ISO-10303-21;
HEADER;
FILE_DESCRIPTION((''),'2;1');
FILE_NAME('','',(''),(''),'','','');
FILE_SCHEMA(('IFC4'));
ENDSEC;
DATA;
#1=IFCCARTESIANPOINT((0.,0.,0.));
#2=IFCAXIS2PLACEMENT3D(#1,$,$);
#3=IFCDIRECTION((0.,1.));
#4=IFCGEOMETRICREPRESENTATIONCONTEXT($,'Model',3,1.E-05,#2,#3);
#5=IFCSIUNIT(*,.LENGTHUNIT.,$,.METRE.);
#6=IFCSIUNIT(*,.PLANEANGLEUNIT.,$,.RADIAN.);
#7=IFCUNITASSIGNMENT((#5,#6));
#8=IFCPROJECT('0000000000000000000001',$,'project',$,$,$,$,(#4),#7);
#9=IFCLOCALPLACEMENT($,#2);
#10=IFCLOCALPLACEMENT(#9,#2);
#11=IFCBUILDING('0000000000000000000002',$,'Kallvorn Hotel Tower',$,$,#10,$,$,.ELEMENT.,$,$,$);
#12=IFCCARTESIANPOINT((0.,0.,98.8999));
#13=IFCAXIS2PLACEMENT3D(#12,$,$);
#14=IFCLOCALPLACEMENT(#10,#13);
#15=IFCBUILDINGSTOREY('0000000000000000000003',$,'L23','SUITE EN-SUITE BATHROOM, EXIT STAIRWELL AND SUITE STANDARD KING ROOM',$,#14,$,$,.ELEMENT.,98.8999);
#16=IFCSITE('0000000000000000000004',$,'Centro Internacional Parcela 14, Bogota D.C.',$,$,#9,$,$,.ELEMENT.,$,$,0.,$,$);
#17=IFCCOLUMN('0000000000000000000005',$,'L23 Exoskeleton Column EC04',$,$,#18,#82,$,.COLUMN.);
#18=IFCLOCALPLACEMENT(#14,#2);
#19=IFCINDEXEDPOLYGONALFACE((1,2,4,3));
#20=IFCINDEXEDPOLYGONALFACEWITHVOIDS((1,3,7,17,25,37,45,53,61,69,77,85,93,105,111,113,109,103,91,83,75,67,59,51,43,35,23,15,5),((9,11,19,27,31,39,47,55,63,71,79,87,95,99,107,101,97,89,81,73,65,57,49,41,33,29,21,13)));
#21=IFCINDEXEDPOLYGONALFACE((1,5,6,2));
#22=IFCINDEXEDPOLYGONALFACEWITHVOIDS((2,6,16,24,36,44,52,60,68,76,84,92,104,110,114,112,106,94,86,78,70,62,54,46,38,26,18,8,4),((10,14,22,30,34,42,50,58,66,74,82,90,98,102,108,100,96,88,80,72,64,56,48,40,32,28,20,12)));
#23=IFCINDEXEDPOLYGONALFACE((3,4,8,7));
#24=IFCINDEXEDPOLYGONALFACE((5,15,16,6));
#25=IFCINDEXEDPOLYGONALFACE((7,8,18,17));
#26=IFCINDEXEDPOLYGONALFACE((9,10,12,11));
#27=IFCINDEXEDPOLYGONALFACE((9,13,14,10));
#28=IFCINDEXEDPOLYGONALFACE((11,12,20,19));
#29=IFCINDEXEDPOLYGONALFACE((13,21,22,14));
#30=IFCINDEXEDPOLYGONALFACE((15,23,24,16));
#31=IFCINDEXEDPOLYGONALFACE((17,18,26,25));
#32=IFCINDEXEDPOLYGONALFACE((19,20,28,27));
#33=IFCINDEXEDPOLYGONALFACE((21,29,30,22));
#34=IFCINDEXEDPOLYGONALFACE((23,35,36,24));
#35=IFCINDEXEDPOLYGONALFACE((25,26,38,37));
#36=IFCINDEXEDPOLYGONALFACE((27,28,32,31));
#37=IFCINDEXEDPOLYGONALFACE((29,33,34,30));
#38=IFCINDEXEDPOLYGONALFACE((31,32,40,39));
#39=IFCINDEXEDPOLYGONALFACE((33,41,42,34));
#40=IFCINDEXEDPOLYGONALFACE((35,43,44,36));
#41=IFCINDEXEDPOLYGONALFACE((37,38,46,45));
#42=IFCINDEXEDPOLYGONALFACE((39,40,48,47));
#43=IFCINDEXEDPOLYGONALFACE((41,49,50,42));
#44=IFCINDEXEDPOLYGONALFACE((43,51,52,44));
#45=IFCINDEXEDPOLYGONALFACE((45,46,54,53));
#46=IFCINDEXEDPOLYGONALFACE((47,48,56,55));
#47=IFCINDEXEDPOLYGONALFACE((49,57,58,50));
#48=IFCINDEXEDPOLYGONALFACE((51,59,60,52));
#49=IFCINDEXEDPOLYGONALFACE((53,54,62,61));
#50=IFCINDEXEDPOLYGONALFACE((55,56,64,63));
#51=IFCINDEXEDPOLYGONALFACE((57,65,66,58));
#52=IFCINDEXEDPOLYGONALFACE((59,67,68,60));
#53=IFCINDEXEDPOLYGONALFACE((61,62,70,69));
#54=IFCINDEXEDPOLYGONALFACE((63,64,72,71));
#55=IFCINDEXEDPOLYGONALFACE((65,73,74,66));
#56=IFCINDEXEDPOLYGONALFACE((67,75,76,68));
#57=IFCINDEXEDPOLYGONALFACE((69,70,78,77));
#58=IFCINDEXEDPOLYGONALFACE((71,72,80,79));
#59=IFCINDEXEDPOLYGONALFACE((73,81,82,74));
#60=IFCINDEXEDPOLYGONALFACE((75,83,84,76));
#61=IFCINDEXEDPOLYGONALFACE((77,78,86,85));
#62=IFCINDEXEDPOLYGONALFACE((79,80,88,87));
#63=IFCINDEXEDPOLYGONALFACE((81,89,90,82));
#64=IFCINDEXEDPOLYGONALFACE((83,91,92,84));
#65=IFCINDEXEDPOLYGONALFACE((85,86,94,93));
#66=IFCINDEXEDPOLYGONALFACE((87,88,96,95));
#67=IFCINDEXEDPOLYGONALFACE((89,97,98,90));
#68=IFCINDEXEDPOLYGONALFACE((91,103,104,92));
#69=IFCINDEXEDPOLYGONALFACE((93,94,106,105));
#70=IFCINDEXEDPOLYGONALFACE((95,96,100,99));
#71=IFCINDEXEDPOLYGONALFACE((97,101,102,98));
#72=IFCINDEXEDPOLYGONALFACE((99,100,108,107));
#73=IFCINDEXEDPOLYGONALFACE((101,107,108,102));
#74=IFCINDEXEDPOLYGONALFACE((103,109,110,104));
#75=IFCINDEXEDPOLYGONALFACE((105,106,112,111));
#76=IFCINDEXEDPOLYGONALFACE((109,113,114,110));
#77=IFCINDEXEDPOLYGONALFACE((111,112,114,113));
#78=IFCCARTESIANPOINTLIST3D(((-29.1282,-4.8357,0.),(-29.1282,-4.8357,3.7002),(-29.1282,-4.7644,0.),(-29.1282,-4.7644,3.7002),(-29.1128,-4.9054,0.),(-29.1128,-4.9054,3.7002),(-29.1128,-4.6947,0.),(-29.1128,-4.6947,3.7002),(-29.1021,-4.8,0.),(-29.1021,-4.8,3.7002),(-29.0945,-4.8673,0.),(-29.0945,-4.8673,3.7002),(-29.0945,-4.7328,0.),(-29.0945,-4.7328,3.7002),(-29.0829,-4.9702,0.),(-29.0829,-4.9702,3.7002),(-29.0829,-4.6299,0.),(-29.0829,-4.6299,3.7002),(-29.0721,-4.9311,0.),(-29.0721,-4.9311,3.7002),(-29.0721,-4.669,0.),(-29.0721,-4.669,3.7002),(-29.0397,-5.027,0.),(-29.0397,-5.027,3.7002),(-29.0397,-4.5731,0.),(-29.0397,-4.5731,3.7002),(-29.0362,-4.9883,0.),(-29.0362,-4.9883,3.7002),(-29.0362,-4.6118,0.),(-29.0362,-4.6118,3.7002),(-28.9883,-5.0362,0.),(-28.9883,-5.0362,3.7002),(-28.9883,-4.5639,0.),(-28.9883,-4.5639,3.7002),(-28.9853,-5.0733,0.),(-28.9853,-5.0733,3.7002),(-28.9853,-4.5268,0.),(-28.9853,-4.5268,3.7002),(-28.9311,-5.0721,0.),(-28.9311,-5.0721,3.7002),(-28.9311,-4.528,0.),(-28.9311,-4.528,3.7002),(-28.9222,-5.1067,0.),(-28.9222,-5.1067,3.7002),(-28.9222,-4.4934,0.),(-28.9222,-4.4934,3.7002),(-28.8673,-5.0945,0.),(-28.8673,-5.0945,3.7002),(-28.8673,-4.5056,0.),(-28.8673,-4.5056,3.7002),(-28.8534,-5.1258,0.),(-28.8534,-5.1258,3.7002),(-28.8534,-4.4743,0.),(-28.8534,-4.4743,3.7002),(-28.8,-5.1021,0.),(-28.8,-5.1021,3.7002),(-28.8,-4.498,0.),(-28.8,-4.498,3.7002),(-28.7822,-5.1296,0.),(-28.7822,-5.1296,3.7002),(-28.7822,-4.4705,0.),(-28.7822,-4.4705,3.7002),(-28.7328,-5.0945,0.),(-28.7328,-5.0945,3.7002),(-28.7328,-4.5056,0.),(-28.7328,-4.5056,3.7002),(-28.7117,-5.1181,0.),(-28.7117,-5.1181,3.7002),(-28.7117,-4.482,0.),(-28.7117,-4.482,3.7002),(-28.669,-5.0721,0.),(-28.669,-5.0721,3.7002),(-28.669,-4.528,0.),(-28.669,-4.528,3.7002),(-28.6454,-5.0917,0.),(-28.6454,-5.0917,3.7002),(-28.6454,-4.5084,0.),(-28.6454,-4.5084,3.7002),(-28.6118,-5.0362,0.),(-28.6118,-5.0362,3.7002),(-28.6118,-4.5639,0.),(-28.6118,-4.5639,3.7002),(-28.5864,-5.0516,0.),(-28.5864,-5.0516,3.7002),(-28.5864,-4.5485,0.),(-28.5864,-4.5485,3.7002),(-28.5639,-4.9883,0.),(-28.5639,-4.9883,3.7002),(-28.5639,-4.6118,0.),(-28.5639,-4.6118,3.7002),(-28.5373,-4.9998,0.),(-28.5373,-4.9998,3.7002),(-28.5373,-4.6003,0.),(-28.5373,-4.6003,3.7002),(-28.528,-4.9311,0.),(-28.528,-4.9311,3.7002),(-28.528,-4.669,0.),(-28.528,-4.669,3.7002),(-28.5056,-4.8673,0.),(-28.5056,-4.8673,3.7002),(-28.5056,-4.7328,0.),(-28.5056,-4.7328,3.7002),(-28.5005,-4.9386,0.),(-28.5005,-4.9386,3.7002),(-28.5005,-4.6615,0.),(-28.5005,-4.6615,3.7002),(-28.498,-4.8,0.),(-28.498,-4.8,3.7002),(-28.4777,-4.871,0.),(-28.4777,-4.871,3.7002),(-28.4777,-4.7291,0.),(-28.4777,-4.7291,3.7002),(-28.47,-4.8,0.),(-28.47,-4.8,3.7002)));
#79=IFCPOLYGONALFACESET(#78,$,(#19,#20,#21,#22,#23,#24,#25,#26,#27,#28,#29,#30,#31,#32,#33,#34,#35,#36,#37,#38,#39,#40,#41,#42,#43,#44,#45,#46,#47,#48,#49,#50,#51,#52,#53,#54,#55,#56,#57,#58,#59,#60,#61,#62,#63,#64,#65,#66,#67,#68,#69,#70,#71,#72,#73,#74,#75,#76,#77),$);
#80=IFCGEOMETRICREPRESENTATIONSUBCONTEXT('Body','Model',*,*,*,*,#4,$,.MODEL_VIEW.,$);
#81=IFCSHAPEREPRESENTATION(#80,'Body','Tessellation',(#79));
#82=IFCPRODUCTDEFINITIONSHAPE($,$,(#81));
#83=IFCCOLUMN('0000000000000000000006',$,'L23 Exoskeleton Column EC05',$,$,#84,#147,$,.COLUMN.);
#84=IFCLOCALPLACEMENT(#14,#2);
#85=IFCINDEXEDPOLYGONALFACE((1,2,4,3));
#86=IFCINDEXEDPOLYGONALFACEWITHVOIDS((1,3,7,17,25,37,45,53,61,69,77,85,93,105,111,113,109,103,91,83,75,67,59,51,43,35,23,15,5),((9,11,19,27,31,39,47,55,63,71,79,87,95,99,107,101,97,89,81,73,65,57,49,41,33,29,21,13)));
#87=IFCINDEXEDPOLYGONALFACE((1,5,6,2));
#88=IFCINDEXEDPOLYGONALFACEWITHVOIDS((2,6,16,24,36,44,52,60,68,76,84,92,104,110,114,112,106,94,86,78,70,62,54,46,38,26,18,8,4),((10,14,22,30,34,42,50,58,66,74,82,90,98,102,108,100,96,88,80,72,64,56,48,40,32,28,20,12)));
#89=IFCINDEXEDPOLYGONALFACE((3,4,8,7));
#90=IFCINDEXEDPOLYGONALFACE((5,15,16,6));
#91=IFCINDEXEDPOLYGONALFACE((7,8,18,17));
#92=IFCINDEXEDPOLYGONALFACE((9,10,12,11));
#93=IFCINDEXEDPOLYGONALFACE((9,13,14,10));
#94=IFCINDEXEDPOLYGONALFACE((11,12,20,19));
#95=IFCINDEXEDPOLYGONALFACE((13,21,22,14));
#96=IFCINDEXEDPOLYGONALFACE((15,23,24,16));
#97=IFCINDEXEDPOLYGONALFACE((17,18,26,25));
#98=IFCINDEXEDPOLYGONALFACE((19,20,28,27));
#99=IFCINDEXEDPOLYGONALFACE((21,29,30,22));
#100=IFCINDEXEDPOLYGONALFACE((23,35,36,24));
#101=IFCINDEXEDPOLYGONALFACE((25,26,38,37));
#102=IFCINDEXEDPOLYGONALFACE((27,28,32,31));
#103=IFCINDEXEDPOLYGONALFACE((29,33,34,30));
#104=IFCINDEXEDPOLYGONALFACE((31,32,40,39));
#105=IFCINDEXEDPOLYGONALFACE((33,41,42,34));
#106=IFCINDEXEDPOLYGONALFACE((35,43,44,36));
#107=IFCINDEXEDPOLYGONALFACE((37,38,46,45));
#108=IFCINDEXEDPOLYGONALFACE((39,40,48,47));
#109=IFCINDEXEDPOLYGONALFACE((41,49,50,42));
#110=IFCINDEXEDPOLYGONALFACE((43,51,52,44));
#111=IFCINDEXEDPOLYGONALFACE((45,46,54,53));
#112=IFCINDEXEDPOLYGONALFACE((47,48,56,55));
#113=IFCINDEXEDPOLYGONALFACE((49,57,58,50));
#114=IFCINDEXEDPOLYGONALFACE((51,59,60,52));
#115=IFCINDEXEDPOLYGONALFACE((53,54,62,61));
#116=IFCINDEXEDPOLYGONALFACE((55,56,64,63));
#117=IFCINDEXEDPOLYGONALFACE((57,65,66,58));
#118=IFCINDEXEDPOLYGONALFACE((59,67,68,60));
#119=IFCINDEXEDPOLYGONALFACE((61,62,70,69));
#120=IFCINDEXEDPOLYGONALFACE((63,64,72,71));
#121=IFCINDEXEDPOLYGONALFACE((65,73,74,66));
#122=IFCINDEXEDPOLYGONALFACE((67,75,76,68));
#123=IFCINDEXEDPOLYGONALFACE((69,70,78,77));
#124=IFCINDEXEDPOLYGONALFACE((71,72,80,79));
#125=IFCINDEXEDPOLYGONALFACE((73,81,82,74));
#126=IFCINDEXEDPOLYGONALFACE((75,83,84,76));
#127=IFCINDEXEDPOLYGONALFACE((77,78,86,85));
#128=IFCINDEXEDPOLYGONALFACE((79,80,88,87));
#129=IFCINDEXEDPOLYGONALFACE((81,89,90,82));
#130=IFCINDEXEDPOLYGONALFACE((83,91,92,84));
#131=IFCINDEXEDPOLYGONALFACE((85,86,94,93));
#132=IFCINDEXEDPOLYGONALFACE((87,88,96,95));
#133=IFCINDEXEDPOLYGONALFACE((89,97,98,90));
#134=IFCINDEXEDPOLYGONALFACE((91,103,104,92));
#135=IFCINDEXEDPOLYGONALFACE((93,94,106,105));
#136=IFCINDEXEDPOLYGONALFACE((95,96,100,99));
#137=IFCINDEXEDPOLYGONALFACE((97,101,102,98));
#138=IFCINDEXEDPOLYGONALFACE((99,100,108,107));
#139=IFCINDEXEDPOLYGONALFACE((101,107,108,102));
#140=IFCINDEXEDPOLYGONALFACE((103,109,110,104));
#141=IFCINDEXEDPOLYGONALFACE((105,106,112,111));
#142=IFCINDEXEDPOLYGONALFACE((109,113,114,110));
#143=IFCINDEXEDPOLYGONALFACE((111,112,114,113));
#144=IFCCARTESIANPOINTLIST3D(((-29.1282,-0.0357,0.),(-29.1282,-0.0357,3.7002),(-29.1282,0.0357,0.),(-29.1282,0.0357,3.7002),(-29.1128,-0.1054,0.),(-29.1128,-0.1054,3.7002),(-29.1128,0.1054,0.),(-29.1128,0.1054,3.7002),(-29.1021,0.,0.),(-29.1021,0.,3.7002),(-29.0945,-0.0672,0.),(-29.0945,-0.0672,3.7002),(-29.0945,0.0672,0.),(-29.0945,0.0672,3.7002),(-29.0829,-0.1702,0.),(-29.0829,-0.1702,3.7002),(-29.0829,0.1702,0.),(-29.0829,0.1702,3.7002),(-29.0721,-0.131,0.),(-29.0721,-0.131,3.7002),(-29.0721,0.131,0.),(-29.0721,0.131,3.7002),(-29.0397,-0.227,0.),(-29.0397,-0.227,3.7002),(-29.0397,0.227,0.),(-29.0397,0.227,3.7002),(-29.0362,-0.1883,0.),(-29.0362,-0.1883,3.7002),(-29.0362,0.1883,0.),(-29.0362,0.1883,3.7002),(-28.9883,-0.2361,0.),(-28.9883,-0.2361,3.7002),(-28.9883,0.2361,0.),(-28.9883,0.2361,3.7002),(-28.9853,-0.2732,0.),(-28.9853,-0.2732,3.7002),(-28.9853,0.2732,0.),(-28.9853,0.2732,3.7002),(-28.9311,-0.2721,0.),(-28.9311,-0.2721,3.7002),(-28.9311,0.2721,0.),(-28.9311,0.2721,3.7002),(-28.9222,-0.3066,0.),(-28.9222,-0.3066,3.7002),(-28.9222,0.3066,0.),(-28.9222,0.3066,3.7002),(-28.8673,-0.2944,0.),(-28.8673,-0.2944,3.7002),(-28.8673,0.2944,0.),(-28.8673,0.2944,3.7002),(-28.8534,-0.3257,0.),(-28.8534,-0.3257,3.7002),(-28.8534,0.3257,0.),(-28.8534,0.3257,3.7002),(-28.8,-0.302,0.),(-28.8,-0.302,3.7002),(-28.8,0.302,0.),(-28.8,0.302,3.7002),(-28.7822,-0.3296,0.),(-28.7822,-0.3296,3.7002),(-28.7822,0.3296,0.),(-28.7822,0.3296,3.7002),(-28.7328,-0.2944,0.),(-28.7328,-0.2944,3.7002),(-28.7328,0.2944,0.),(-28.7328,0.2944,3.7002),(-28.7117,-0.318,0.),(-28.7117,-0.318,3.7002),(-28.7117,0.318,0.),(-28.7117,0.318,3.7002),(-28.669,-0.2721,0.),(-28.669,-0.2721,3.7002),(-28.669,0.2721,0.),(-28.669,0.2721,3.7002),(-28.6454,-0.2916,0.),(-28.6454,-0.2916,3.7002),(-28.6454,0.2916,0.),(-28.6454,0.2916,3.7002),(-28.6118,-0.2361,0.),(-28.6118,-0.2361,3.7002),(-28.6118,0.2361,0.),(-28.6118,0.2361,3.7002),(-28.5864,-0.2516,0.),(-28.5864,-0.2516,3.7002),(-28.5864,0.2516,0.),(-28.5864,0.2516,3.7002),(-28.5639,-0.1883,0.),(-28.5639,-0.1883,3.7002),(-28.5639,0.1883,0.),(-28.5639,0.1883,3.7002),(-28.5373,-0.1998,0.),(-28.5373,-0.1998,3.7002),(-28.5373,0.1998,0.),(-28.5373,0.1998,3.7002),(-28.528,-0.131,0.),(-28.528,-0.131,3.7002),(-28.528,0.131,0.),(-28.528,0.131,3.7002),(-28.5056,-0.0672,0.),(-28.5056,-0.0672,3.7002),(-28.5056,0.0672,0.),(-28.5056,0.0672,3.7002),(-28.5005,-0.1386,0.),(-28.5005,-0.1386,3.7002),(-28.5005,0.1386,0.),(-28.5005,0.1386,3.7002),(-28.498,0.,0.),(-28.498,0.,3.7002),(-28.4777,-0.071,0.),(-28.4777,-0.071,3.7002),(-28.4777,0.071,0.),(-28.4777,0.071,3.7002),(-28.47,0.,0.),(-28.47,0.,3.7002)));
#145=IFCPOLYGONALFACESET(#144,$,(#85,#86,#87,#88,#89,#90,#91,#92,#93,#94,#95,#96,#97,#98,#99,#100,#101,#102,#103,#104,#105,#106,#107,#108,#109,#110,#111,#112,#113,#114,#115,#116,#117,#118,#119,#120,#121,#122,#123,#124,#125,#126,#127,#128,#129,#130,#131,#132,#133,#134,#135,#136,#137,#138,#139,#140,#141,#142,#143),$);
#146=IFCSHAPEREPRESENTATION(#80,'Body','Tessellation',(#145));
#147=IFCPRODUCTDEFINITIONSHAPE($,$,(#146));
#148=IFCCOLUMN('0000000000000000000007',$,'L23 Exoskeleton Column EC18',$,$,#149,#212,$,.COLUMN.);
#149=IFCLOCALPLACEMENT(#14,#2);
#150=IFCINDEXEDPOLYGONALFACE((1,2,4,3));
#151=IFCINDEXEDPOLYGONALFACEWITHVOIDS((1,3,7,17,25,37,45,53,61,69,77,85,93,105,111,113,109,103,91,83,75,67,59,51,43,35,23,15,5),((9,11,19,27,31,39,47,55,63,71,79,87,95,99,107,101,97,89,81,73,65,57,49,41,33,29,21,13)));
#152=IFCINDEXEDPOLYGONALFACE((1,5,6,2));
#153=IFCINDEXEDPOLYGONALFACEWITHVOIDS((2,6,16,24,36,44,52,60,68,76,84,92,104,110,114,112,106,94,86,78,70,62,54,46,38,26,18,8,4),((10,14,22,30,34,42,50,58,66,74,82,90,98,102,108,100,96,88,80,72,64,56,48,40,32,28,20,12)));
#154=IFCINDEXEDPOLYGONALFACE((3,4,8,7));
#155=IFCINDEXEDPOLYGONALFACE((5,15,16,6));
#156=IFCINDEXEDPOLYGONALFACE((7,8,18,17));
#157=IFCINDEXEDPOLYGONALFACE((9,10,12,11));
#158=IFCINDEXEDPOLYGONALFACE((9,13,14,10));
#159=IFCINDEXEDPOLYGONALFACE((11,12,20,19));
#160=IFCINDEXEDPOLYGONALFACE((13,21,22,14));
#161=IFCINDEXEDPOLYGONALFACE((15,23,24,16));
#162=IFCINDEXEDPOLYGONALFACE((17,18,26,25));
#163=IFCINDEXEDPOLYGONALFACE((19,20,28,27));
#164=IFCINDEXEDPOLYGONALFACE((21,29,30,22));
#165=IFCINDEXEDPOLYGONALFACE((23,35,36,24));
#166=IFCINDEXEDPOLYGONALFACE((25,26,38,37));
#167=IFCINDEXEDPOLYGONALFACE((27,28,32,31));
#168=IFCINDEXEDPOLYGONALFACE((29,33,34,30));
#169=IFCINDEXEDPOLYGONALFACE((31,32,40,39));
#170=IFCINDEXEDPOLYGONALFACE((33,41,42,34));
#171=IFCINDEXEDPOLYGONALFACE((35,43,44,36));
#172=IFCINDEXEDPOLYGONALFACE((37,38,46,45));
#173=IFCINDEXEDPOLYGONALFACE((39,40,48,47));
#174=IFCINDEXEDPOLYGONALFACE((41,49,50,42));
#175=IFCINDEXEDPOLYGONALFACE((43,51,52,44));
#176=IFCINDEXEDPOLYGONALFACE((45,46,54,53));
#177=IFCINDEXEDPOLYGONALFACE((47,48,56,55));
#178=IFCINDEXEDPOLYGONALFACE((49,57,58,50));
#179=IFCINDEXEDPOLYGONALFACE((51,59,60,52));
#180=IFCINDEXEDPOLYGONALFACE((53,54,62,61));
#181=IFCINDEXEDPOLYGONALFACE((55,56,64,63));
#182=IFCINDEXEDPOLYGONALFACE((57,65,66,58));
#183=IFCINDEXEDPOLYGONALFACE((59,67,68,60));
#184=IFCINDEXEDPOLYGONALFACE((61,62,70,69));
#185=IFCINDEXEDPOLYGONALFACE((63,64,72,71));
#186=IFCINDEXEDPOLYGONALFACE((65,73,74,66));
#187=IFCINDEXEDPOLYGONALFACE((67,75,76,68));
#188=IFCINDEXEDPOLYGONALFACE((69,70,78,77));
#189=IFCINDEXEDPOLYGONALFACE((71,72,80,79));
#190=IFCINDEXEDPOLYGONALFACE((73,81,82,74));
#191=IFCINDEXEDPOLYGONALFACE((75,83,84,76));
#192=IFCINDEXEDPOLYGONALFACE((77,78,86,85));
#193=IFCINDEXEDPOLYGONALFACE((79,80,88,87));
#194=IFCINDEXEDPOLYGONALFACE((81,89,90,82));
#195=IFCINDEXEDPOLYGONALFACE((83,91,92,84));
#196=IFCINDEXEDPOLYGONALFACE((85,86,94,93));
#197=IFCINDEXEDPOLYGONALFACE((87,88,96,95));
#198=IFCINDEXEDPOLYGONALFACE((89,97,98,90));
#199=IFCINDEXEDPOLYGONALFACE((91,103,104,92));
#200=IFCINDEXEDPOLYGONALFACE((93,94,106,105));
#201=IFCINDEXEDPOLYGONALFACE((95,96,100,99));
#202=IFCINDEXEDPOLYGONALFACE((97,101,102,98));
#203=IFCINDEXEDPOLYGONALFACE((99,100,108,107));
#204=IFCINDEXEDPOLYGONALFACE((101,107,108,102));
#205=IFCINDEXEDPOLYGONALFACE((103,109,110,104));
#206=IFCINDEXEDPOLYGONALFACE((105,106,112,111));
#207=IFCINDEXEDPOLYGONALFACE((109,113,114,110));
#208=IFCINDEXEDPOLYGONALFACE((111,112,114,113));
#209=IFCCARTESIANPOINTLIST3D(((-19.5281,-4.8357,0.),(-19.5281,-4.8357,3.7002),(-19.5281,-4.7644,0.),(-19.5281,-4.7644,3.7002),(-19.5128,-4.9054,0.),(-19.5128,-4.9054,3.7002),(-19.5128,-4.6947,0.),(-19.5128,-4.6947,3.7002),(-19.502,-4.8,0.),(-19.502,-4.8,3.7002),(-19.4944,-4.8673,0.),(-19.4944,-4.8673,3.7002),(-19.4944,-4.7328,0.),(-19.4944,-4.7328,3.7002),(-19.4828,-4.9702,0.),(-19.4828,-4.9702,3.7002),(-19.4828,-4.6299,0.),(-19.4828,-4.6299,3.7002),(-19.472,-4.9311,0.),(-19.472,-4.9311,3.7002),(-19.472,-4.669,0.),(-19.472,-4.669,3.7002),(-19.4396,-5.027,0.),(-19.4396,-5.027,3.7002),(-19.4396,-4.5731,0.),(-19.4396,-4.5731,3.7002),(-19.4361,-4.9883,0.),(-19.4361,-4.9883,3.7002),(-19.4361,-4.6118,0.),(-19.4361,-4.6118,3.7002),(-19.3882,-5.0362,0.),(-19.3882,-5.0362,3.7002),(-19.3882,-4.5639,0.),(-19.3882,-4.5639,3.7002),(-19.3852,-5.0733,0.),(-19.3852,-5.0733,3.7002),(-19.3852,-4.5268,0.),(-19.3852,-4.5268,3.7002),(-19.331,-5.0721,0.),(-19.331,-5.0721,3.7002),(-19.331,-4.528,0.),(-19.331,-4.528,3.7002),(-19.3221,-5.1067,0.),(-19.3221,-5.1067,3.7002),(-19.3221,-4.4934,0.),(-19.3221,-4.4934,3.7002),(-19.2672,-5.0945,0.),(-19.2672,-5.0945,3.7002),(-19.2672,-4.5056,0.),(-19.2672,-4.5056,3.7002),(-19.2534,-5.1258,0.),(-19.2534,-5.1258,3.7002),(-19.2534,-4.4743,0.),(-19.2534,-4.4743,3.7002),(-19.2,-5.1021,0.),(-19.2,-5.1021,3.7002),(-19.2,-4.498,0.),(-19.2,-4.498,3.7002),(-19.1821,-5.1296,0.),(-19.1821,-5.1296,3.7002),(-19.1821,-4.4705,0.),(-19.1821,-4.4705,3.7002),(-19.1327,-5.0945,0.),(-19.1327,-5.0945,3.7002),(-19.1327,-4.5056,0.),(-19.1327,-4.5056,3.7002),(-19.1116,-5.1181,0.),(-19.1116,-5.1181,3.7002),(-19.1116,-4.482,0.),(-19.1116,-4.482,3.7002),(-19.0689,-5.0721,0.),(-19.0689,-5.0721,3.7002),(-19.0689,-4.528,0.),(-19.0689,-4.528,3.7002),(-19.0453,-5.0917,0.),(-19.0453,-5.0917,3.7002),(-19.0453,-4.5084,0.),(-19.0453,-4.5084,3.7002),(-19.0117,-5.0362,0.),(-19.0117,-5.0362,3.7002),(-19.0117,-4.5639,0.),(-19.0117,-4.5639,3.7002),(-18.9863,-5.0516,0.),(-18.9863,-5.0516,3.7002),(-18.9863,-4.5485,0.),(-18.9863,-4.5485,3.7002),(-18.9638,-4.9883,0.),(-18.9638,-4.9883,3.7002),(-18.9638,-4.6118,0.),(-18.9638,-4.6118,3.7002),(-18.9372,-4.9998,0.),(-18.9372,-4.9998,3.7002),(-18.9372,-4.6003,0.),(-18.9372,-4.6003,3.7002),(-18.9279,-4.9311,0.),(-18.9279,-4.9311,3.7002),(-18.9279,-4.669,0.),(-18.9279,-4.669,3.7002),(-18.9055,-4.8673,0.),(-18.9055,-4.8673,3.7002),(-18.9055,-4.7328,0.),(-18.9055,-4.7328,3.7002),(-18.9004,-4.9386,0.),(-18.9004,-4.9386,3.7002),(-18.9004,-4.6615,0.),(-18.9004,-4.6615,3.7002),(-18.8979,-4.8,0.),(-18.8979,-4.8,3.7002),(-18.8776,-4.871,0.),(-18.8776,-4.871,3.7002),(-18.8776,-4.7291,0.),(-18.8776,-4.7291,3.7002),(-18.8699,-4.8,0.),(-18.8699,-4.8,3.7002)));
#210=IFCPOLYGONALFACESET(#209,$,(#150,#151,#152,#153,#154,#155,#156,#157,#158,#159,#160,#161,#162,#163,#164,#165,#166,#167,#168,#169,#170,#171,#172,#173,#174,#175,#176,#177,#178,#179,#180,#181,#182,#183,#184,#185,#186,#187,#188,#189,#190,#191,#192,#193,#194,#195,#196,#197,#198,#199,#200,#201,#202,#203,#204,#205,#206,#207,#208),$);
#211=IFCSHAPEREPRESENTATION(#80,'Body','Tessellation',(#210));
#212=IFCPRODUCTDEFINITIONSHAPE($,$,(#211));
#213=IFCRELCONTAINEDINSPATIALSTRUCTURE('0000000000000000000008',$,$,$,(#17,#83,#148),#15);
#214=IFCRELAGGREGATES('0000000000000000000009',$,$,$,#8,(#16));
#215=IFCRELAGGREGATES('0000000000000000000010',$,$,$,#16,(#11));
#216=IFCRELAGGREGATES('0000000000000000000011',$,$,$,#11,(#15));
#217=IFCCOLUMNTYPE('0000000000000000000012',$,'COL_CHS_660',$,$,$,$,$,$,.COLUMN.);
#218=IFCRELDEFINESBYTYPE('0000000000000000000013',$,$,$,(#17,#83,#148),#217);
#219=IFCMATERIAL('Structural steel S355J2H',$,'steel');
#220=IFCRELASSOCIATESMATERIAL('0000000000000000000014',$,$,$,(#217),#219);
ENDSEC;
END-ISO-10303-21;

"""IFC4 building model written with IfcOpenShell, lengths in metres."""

from ifc_helpers import new_model, si_unit, direction, frame, origin, origin_2d, place, context, subcontext, project, spatial, hollow_circle, extrude, material, material_profile, profile_set, type_object, element, save


model = new_model("IFC4")

# Units and contexts
model_context = context("Model", 3, precision=1e-05, world=origin(), true_north=direction((0.0, 1.0)))
body_context = subcontext(model_context, "Body", "Model", "MODEL_VIEW")
ifc_project = project(units=[si_unit("LENGTHUNIT", "METRE"), si_unit("PLANEANGLEUNIT", "RADIAN")], contexts=[model_context])

# Site, building, storey
site_placement = place(None, origin())
site = spatial("IfcSite", under=ifc_project, at=site_placement, Name="Centro Internacional Parcela 14, Bogota D.C.", CompositionType="ELEMENT", RefElevation=0.0)
building_placement = place(site_placement, origin())
building = spatial("IfcBuilding", under=site, at=building_placement, Name="Kallvorn Hotel Tower", CompositionType="ELEMENT")
storey_placement = place(building_placement, frame((0.0, 0.0, 98.8999)))
storey = spatial("IfcBuildingStorey", under=building, at=storey_placement, Name="L23", Description="SUITE EN-SUITE BATHROOM, EXIT STAIRWELL AND SUITE STANDARD KING ROOM", CompositionType="ELEMENT", Elevation=98.8999)

# Columns
ifc_material_1 = material(Name="Structural steel S355J2H", Category="steel")
ifc_material_profile_1 = material_profile(ifc_material_1, hollow_circle(Radius=0.3301, WallThickness=0.0281, at=origin_2d()), Name="CHS 660x28")
ifc_profile_set_1 = profile_set([ifc_material_profile_1], Name="Structural steel S355J2H")
column_type = type_object("IfcColumnType", Name="COL_CHS_660", PredefinedType="COLUMN", material=ifc_profile_set_1)
for number, where, z_axis, x_axis, name in (
    (1, (-28.8, -4.8, 0.0), (0.0, 0.0, 1.0), (1.0, 0.0, 0.0), "L23 Exoskeleton Column EC04"),
    (2, (-28.8, 0.0, 0.0), (0.0, 0.0, 1.0), (1.0, 0.0, 0.0), "L23 Exoskeleton Column EC05"),
    (3, (-19.2, -4.8, 0.0), (0.0, 0.0, 1.0), (1.0, 0.0, 0.0), "L23 Exoskeleton Column EC18"),
):
    element("IfcColumn", number, at=place(storey_placement, frame(where, z_axis=z_axis, x_axis=x_axis)), inside=storey, type_object=column_type, Name=name, PredefinedType="COLUMN", context=body_context, shape_type="SweptSolid", body=[
        extrude(hollow_circle(Radius=0.3301, WallThickness=0.0281, at=origin_2d()), origin(), (0.0, 0.0, 1.0), 3.7002),
    ])

save(model, "model.ifc")
